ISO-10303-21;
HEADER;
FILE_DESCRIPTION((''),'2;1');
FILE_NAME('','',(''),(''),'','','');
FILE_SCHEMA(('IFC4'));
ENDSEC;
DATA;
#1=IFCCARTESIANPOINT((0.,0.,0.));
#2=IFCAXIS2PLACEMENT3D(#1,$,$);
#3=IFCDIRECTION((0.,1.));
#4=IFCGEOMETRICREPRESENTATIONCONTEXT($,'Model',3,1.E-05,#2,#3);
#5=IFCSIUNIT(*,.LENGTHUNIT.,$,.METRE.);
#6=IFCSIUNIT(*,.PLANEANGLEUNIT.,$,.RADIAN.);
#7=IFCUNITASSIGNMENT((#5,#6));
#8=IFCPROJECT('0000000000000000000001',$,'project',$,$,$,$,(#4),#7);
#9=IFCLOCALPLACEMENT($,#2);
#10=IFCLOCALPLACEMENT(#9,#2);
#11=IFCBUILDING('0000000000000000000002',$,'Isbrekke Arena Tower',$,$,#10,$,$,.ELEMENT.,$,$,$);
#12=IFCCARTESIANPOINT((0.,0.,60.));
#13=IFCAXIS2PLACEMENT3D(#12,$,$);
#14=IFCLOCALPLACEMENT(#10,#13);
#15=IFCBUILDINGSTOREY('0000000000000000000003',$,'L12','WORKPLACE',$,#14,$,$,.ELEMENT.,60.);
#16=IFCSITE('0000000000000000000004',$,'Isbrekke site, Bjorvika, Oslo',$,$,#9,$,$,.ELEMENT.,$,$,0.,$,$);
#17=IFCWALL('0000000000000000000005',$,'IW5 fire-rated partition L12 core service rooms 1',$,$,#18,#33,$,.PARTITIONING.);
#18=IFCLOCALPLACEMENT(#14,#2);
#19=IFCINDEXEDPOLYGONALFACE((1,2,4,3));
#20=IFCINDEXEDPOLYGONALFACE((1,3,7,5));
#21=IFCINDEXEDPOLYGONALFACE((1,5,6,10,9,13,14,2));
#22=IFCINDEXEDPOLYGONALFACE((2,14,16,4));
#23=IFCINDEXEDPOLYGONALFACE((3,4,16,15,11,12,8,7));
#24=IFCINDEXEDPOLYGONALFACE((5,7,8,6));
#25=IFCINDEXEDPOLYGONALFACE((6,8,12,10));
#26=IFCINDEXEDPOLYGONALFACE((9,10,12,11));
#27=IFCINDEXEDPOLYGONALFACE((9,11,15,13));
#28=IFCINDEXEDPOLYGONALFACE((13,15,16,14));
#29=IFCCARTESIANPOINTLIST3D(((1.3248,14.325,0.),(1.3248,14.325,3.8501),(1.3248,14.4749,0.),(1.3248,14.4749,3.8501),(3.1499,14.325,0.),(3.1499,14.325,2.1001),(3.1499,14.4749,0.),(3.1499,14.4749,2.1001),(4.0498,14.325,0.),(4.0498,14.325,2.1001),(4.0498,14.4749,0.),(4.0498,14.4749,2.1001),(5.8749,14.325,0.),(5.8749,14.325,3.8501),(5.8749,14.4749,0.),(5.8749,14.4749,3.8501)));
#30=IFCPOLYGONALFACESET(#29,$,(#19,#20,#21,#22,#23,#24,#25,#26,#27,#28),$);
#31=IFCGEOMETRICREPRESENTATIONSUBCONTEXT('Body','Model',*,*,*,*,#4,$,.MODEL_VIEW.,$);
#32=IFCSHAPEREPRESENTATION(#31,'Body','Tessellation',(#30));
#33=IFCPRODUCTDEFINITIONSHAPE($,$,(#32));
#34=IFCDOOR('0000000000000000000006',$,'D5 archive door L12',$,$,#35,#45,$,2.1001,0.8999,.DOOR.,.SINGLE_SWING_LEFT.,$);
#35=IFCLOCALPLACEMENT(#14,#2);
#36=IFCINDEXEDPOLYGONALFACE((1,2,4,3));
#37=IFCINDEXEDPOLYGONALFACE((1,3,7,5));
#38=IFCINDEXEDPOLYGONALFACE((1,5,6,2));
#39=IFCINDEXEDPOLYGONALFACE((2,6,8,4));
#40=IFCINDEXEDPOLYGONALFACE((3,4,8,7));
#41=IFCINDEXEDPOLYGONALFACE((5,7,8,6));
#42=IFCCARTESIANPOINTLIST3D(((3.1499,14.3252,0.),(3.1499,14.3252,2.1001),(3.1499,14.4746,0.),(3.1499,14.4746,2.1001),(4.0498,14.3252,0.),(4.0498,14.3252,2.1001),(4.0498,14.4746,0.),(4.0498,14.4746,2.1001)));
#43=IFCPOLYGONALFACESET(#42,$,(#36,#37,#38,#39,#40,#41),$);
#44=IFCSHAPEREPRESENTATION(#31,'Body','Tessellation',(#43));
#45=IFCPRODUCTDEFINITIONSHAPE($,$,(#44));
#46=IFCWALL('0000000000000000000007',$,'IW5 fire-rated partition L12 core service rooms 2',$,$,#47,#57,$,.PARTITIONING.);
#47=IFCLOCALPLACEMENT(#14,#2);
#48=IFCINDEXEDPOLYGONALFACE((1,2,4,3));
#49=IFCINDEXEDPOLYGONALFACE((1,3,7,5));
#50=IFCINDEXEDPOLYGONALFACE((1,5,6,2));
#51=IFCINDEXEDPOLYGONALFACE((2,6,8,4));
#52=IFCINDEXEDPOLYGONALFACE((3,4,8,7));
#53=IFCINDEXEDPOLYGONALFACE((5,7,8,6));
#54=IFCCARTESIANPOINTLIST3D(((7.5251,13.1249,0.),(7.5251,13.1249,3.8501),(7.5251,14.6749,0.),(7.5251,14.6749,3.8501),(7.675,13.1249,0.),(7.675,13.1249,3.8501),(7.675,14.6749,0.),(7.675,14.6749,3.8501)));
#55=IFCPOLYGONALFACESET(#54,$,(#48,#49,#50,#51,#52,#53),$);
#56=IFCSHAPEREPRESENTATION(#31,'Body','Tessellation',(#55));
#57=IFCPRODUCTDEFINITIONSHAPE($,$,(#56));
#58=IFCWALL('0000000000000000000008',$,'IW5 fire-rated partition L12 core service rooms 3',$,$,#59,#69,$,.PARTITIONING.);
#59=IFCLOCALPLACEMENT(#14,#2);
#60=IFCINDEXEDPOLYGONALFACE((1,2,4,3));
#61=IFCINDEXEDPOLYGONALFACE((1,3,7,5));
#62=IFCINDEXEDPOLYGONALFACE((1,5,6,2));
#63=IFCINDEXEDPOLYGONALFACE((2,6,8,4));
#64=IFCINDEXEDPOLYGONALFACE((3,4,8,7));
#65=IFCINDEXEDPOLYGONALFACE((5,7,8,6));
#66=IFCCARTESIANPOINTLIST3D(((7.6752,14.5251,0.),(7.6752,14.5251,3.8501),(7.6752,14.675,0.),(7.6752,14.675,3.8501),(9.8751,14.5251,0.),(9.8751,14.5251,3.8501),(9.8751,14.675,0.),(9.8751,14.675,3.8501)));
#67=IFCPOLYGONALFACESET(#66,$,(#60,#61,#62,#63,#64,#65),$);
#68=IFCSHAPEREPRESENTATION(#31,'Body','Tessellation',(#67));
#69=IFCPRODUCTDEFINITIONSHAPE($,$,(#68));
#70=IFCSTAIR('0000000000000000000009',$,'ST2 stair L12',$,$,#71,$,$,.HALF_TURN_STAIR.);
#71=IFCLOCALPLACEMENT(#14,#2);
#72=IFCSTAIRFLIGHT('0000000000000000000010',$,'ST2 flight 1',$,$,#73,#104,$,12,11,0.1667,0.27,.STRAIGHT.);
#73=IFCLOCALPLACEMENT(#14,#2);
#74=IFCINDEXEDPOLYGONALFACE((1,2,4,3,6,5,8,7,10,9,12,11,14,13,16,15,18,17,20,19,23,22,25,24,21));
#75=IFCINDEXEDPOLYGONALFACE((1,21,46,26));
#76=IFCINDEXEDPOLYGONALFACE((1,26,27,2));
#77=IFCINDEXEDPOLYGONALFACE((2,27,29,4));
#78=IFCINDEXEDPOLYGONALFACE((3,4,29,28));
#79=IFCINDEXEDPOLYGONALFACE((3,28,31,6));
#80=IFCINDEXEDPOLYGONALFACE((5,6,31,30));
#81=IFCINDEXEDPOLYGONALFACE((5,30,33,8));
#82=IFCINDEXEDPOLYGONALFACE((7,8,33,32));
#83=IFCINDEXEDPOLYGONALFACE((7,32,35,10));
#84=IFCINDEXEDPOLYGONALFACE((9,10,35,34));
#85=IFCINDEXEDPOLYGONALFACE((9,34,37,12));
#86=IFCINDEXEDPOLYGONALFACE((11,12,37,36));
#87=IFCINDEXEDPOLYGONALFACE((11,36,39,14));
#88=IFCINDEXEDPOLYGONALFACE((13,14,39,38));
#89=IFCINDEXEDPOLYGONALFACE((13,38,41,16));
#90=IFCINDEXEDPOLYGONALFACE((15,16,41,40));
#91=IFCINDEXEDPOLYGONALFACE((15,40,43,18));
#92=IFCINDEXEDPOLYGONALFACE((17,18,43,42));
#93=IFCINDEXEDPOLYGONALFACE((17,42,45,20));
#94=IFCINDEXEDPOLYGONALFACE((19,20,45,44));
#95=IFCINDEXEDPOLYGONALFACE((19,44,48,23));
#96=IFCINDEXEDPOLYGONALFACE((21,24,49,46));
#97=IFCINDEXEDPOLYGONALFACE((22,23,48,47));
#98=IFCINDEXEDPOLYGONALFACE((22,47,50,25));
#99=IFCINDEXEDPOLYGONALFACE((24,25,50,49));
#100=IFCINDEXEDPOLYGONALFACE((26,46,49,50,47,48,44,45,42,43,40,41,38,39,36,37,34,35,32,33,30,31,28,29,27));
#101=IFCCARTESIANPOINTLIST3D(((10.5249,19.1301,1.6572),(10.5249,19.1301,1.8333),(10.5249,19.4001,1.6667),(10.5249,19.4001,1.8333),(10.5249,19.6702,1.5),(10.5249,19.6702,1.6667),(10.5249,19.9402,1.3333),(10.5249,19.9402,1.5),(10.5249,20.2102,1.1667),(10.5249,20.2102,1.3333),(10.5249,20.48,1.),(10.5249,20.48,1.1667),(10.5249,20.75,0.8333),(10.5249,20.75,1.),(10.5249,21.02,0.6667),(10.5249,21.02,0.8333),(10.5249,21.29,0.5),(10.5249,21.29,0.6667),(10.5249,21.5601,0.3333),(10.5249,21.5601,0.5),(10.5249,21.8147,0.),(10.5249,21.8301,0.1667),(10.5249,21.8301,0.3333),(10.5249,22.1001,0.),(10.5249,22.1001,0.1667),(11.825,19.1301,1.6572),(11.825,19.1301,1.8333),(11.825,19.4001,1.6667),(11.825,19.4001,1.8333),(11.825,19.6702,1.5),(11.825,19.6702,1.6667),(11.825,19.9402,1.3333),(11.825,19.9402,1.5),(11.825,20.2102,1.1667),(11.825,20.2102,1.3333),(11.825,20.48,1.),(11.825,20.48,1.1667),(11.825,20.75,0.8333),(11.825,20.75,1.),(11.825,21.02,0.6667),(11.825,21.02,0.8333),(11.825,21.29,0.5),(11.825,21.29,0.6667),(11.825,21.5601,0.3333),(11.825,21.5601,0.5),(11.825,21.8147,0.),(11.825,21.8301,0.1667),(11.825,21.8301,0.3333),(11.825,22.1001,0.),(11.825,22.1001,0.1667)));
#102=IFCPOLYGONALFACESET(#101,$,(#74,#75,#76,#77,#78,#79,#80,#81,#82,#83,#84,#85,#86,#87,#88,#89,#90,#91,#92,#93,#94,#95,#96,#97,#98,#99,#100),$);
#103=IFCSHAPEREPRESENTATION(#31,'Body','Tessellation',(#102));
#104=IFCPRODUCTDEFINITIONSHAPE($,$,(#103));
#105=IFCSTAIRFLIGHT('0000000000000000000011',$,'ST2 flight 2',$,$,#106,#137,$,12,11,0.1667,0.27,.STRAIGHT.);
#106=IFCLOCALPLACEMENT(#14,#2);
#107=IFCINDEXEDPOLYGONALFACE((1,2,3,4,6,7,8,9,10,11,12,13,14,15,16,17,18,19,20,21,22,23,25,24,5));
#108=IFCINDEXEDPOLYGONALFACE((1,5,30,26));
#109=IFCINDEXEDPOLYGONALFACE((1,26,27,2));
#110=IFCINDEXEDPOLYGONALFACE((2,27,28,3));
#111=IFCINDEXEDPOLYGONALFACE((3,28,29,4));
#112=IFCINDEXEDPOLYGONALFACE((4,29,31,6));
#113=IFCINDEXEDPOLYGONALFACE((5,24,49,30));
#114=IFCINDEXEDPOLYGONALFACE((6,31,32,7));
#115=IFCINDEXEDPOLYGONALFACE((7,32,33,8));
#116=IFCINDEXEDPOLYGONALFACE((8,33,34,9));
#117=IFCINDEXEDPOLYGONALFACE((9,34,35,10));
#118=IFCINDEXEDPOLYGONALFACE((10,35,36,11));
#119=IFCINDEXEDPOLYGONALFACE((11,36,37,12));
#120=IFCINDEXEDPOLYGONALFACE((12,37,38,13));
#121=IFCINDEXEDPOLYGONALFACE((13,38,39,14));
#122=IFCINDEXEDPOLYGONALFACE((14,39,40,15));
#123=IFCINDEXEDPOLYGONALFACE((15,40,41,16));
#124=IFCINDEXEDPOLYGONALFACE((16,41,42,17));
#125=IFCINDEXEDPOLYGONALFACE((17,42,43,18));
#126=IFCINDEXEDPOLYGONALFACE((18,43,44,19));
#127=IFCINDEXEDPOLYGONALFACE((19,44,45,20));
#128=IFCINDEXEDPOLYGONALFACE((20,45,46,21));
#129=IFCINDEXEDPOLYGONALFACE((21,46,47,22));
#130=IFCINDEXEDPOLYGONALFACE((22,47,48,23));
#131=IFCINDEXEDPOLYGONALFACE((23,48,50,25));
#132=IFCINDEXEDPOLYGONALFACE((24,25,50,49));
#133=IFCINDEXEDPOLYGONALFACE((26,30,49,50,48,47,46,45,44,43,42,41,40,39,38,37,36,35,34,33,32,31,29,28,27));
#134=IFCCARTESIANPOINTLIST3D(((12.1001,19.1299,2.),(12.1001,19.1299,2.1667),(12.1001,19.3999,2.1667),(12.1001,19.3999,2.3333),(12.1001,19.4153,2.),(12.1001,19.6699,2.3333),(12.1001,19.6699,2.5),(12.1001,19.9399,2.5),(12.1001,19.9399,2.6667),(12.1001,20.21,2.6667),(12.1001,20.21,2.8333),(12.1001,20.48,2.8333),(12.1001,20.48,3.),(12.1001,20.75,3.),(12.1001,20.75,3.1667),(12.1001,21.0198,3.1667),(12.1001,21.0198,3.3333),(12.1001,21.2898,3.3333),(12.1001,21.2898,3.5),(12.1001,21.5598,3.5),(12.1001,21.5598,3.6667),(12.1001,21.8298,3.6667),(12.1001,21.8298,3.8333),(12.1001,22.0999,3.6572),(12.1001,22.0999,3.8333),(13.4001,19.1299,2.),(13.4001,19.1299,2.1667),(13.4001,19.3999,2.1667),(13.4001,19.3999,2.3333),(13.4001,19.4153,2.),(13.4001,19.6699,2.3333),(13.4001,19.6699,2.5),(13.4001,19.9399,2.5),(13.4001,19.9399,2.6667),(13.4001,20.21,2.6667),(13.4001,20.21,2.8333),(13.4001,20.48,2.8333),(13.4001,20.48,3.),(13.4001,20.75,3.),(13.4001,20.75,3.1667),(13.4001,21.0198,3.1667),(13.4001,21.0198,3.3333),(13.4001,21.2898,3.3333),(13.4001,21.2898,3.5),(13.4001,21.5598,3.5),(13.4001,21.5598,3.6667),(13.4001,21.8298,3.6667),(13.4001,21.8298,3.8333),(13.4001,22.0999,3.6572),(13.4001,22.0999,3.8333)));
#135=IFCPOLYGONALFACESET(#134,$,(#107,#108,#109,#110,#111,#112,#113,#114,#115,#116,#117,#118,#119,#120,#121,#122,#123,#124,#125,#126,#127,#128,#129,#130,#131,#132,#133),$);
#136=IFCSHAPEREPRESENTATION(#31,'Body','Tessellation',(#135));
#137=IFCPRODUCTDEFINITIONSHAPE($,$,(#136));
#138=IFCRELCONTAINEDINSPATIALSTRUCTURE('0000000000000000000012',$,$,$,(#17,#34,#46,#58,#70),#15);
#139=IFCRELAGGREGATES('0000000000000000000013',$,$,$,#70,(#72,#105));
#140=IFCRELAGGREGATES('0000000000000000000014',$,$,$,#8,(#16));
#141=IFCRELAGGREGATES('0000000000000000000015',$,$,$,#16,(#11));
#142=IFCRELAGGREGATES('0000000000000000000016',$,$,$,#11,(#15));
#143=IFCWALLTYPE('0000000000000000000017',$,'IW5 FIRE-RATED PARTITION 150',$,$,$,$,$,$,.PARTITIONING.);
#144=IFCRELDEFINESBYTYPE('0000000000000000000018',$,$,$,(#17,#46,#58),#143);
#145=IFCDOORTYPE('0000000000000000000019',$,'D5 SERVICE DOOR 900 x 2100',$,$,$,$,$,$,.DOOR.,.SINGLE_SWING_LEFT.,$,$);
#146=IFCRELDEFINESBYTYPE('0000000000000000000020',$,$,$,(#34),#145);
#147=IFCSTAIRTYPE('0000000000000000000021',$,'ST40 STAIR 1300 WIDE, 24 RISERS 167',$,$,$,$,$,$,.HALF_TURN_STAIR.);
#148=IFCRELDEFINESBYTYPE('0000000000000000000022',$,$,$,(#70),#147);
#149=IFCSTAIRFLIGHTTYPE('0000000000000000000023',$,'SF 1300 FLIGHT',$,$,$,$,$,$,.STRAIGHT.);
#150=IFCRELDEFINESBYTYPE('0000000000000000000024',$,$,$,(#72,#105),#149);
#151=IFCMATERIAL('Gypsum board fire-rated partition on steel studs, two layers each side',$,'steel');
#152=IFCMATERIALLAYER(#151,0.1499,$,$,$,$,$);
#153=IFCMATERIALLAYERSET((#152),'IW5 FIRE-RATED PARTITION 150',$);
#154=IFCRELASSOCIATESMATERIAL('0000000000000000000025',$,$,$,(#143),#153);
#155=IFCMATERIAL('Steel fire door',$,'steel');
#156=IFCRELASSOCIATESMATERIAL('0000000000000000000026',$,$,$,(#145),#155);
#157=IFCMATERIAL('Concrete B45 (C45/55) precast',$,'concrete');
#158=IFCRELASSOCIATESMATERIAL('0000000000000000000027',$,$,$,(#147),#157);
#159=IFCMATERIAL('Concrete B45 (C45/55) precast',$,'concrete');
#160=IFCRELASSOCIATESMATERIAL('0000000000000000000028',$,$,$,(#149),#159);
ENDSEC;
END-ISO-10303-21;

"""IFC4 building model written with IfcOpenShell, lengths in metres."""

from ifc_helpers import new_model, si_unit, direction, frame, frame_2d, origin, place, context, subcontext, project, spatial, polyline, rectangle, outline, extrude, material, layer, layer_set, type_object, element, fill, aggregate, save


model = new_model("IFC4")

# Units and contexts
model_context = context("Model", 3, precision=1e-05, world=origin(), true_north=direction((0.0, 1.0)))
body_context = subcontext(model_context, "Body", "Model", "MODEL_VIEW")
ifc_project = project(units=[si_unit("LENGTHUNIT", "METRE"), si_unit("PLANEANGLEUNIT", "RADIAN")], contexts=[model_context])

# Site, building, storey
site_placement = place(None, origin())
site = spatial("IfcSite", under=ifc_project, at=site_placement, Name="Isbrekke site, Bjorvika, Oslo", CompositionType="ELEMENT", RefElevation=0.0)
building_placement = place(site_placement, origin())
building = spatial("IfcBuilding", under=site, at=building_placement, Name="Isbrekke Arena Tower", CompositionType="ELEMENT")
storey_placement = place(building_placement, frame((0.0, 0.0, 60.0)))
storey = spatial("IfcBuildingStorey", under=building, at=storey_placement, Name="L12", Description="WORKPLACE", CompositionType="ELEMENT", Elevation=60.0)

# Wall, opening, door
ifc_material_1 = material(Name="Gypsum board fire-rated partition on steel studs, two layers each side", Category="steel")
ifc_layer_1 = layer(ifc_material_1, 0.1499)
ifc_layer_set_1 = layer_set([ifc_layer_1], Name="IW5 FIRE-RATED PARTITION 150")
wall_type_1 = type_object("IfcWallType", Name="IW5 FIRE-RATED PARTITION 150", PredefinedType="PARTITIONING", material=ifc_layer_set_1)
ifc_material_2 = material(Name="Steel fire door", Category="steel")
door_type_1 = type_object("IfcDoorType", Name="D5 SERVICE DOOR 900 x 2100", OperationType="SINGLE_SWING_LEFT", PredefinedType="DOOR", material=ifc_material_2)
wall_1_placement = place(storey_placement, frame((1.325, 14.3999, 0.0), z_axis=(0.0, 0.0, 1.0), x_axis=(1.0, 0.0, 0.0)))
wall_1 = element("IfcWall", 1, at=wall_1_placement, inside=storey, type_object=wall_type_1, Name="IW5 fire-rated partition L12 core service rooms 1", PredefinedType="PARTITIONING", context=body_context, shape_type="SweptSolid", body=[
    extrude(rectangle(XDim=4.55, YDim=0.1499, at=frame_2d((2.2749, 0.0))), origin(), (0.0, 0.0, 1.0), 3.8501),
])
opening_1_placement = place(wall_1_placement, frame((1.825, 0.0, 0.0)))
opening_1 = element("IfcOpeningElement", 2, at=opening_1_placement, cuts=wall_1, PredefinedType="OPENING", context=body_context, shape_type="SweptSolid", body=[
    extrude(rectangle(XDim=0.8999, YDim=2.1001, at=frame_2d((0.45, 1.05))), frame((0.0, 0.0898, 0.0), z_axis=(0.0, -1.0, 0.0), x_axis=(1.0, 0.0, 0.0)), (0.0, 0.0, 1.0), 0.1797),
])
door_1_placement = place(opening_1_placement, origin())
door_1 = element("IfcDoor", 3, at=door_1_placement, inside=storey, type_object=door_type_1, Name="D5 archive door L12", OperationType="SINGLE_SWING_LEFT", OverallHeight=2.1001, OverallWidth=0.8999, PredefinedType="DOOR", context=body_context, shape_type="SweptSolid", body=[
    extrude(rectangle(XDim=0.8999, YDim=2.1001, at=frame_2d((0.45, 1.05))), frame((0.0, 0.0747, 0.0), z_axis=(0.0, -1.0, 0.0), x_axis=(1.0, 0.0, 0.0)), (0.0, 0.0, 1.0), 0.1494),
])
fill(opening_1, door_1)

# Walls
wall_2_placement = place(storey_placement, frame((7.6001, 13.125, 0.0), z_axis=(0.0, 0.0, 1.0), x_axis=(0.0, 1.0, 0.0)))
element("IfcWall", 4, at=wall_2_placement, inside=storey, type_object=wall_type_1, Name="IW5 fire-rated partition L12 core service rooms 2", PredefinedType="PARTITIONING", context=body_context, shape_type="SweptSolid", body=[
    extrude(rectangle(XDim=1.55, YDim=0.1499, at=frame_2d((0.7749, 0.0))), origin(), (0.0, 0.0, 1.0), 3.8501),
])
wall_3_placement = place(storey_placement, frame((7.675, 14.6001, 0.0), z_axis=(0.0, 0.0, 1.0), x_axis=(1.0, 0.0, 0.0)))
element("IfcWall", 5, at=wall_3_placement, inside=storey, type_object=wall_type_1, Name="IW5 fire-rated partition L12 core service rooms 3", PredefinedType="PARTITIONING", context=body_context, shape_type="SweptSolid", body=[
    extrude(rectangle(XDim=2.2, YDim=0.1499, at=frame_2d((1.1001, 0.0))), origin(), (0.0, 0.0, 1.0), 3.8501),
])

# Stair, stair flights
ifc_material_3 = material(Name="Concrete B45 (C45/55) precast", Category="concrete")
stair_type = type_object("IfcStairType", Name="ST40 STAIR 1300 WIDE, 24 RISERS 167", PredefinedType="HALF_TURN_STAIR", material=ifc_material_3)
stair_placement = place(storey_placement, origin())
stair = element("IfcStair", 6, at=stair_placement, inside=storey, type_object=stair_type, Name="ST2 stair L12", PredefinedType="HALF_TURN_STAIR")
ifc_material_4 = material(Name="Concrete B45 (C45/55) precast", Category="concrete")
stair_flight_type = type_object("IfcStairFlightType", Name="SF 1300 FLIGHT", PredefinedType="STRAIGHT", material=ifc_material_4)
stair_flight_1_placement = place(storey_placement, frame((11.175, 22.1001, 0.0), z_axis=(0.0, 0.0, 1.0), x_axis=(0.0, -1.0, 0.0)))
stair_flight_1 = element("IfcStairFlight", 7, at=stair_flight_1_placement, type_object=stair_flight_type, Name="ST2 flight 1", NumberOfRisers=12, NumberOfTreads=11, PredefinedType="STRAIGHT", RiserHeight=0.1667, TreadLength=0.27, context=body_context, shape_type="SweptSolid", body=[
    extrude(outline(polyline([(0.0, 0.0), (0.0, 0.1667), (0.27, 0.1667), (0.27, 0.3333), (0.54, 0.3333), (0.54, 0.5), (0.8101, 0.5), (0.8101, 0.6667), (1.0801, 0.6667), (1.0801, 0.8333), (1.3501, 0.8333), (1.3501, 1.0), (1.6201, 1.0), (1.6201, 1.1667), (1.8899, 1.1667), (1.8899, 1.3333), (2.1599, 1.3333), (2.1599, 1.5), (2.4299, 1.5), (2.4299, 1.6667), (2.7, 1.6667), (2.7, 1.8333), (2.97, 1.8333), (2.97, 2.0), (2.97, 1.6572), (0.2854, 0.0), (0.0, 0.0)])), frame((0.0, 0.6499, 0.0), z_axis=(0.0, -1.0, 0.0), x_axis=(1.0, 0.0, 0.0)), (0.0, 0.0, 1.0), 1.3),
])
stair_flight_2_placement = place(storey_placement, frame((12.75, 19.1299, 2.0), z_axis=(0.0, 0.0, 1.0), x_axis=(0.0, 1.0, 0.0)))
stair_flight_2 = element("IfcStairFlight", 8, at=stair_flight_2_placement, type_object=stair_flight_type, Name="ST2 flight 2", NumberOfRisers=12, NumberOfTreads=11, PredefinedType="STRAIGHT", RiserHeight=0.1667, TreadLength=0.27, context=body_context, shape_type="SweptSolid", body=[
    extrude(outline(polyline([(0.0, 0.0), (0.0, 0.1667), (0.27, 0.1667), (0.27, 0.3333), (0.54, 0.3333), (0.54, 0.5), (0.8101, 0.5), (0.8101, 0.6667), (1.0801, 0.6667), (1.0801, 0.8333), (1.3501, 0.8333), (1.3501, 1.0), (1.6201, 1.0), (1.6201, 1.1667), (1.8899, 1.1667), (1.8899, 1.3333), (2.1599, 1.3333), (2.1599, 1.5), (2.4299, 1.5), (2.4299, 1.6667), (2.7, 1.6667), (2.7, 1.8333), (2.97, 1.8333), (2.97, 2.0), (2.97, 1.6572), (0.2854, 0.0), (0.0, 0.0)])), frame((0.0, 0.6499, 0.0), z_axis=(0.0, -1.0, 0.0), x_axis=(1.0, 0.0, 0.0)), (0.0, 0.0, 1.0), 1.3),
])
aggregate(stair, [stair_flight_1, stair_flight_2])

save(model, "model.ifc")
